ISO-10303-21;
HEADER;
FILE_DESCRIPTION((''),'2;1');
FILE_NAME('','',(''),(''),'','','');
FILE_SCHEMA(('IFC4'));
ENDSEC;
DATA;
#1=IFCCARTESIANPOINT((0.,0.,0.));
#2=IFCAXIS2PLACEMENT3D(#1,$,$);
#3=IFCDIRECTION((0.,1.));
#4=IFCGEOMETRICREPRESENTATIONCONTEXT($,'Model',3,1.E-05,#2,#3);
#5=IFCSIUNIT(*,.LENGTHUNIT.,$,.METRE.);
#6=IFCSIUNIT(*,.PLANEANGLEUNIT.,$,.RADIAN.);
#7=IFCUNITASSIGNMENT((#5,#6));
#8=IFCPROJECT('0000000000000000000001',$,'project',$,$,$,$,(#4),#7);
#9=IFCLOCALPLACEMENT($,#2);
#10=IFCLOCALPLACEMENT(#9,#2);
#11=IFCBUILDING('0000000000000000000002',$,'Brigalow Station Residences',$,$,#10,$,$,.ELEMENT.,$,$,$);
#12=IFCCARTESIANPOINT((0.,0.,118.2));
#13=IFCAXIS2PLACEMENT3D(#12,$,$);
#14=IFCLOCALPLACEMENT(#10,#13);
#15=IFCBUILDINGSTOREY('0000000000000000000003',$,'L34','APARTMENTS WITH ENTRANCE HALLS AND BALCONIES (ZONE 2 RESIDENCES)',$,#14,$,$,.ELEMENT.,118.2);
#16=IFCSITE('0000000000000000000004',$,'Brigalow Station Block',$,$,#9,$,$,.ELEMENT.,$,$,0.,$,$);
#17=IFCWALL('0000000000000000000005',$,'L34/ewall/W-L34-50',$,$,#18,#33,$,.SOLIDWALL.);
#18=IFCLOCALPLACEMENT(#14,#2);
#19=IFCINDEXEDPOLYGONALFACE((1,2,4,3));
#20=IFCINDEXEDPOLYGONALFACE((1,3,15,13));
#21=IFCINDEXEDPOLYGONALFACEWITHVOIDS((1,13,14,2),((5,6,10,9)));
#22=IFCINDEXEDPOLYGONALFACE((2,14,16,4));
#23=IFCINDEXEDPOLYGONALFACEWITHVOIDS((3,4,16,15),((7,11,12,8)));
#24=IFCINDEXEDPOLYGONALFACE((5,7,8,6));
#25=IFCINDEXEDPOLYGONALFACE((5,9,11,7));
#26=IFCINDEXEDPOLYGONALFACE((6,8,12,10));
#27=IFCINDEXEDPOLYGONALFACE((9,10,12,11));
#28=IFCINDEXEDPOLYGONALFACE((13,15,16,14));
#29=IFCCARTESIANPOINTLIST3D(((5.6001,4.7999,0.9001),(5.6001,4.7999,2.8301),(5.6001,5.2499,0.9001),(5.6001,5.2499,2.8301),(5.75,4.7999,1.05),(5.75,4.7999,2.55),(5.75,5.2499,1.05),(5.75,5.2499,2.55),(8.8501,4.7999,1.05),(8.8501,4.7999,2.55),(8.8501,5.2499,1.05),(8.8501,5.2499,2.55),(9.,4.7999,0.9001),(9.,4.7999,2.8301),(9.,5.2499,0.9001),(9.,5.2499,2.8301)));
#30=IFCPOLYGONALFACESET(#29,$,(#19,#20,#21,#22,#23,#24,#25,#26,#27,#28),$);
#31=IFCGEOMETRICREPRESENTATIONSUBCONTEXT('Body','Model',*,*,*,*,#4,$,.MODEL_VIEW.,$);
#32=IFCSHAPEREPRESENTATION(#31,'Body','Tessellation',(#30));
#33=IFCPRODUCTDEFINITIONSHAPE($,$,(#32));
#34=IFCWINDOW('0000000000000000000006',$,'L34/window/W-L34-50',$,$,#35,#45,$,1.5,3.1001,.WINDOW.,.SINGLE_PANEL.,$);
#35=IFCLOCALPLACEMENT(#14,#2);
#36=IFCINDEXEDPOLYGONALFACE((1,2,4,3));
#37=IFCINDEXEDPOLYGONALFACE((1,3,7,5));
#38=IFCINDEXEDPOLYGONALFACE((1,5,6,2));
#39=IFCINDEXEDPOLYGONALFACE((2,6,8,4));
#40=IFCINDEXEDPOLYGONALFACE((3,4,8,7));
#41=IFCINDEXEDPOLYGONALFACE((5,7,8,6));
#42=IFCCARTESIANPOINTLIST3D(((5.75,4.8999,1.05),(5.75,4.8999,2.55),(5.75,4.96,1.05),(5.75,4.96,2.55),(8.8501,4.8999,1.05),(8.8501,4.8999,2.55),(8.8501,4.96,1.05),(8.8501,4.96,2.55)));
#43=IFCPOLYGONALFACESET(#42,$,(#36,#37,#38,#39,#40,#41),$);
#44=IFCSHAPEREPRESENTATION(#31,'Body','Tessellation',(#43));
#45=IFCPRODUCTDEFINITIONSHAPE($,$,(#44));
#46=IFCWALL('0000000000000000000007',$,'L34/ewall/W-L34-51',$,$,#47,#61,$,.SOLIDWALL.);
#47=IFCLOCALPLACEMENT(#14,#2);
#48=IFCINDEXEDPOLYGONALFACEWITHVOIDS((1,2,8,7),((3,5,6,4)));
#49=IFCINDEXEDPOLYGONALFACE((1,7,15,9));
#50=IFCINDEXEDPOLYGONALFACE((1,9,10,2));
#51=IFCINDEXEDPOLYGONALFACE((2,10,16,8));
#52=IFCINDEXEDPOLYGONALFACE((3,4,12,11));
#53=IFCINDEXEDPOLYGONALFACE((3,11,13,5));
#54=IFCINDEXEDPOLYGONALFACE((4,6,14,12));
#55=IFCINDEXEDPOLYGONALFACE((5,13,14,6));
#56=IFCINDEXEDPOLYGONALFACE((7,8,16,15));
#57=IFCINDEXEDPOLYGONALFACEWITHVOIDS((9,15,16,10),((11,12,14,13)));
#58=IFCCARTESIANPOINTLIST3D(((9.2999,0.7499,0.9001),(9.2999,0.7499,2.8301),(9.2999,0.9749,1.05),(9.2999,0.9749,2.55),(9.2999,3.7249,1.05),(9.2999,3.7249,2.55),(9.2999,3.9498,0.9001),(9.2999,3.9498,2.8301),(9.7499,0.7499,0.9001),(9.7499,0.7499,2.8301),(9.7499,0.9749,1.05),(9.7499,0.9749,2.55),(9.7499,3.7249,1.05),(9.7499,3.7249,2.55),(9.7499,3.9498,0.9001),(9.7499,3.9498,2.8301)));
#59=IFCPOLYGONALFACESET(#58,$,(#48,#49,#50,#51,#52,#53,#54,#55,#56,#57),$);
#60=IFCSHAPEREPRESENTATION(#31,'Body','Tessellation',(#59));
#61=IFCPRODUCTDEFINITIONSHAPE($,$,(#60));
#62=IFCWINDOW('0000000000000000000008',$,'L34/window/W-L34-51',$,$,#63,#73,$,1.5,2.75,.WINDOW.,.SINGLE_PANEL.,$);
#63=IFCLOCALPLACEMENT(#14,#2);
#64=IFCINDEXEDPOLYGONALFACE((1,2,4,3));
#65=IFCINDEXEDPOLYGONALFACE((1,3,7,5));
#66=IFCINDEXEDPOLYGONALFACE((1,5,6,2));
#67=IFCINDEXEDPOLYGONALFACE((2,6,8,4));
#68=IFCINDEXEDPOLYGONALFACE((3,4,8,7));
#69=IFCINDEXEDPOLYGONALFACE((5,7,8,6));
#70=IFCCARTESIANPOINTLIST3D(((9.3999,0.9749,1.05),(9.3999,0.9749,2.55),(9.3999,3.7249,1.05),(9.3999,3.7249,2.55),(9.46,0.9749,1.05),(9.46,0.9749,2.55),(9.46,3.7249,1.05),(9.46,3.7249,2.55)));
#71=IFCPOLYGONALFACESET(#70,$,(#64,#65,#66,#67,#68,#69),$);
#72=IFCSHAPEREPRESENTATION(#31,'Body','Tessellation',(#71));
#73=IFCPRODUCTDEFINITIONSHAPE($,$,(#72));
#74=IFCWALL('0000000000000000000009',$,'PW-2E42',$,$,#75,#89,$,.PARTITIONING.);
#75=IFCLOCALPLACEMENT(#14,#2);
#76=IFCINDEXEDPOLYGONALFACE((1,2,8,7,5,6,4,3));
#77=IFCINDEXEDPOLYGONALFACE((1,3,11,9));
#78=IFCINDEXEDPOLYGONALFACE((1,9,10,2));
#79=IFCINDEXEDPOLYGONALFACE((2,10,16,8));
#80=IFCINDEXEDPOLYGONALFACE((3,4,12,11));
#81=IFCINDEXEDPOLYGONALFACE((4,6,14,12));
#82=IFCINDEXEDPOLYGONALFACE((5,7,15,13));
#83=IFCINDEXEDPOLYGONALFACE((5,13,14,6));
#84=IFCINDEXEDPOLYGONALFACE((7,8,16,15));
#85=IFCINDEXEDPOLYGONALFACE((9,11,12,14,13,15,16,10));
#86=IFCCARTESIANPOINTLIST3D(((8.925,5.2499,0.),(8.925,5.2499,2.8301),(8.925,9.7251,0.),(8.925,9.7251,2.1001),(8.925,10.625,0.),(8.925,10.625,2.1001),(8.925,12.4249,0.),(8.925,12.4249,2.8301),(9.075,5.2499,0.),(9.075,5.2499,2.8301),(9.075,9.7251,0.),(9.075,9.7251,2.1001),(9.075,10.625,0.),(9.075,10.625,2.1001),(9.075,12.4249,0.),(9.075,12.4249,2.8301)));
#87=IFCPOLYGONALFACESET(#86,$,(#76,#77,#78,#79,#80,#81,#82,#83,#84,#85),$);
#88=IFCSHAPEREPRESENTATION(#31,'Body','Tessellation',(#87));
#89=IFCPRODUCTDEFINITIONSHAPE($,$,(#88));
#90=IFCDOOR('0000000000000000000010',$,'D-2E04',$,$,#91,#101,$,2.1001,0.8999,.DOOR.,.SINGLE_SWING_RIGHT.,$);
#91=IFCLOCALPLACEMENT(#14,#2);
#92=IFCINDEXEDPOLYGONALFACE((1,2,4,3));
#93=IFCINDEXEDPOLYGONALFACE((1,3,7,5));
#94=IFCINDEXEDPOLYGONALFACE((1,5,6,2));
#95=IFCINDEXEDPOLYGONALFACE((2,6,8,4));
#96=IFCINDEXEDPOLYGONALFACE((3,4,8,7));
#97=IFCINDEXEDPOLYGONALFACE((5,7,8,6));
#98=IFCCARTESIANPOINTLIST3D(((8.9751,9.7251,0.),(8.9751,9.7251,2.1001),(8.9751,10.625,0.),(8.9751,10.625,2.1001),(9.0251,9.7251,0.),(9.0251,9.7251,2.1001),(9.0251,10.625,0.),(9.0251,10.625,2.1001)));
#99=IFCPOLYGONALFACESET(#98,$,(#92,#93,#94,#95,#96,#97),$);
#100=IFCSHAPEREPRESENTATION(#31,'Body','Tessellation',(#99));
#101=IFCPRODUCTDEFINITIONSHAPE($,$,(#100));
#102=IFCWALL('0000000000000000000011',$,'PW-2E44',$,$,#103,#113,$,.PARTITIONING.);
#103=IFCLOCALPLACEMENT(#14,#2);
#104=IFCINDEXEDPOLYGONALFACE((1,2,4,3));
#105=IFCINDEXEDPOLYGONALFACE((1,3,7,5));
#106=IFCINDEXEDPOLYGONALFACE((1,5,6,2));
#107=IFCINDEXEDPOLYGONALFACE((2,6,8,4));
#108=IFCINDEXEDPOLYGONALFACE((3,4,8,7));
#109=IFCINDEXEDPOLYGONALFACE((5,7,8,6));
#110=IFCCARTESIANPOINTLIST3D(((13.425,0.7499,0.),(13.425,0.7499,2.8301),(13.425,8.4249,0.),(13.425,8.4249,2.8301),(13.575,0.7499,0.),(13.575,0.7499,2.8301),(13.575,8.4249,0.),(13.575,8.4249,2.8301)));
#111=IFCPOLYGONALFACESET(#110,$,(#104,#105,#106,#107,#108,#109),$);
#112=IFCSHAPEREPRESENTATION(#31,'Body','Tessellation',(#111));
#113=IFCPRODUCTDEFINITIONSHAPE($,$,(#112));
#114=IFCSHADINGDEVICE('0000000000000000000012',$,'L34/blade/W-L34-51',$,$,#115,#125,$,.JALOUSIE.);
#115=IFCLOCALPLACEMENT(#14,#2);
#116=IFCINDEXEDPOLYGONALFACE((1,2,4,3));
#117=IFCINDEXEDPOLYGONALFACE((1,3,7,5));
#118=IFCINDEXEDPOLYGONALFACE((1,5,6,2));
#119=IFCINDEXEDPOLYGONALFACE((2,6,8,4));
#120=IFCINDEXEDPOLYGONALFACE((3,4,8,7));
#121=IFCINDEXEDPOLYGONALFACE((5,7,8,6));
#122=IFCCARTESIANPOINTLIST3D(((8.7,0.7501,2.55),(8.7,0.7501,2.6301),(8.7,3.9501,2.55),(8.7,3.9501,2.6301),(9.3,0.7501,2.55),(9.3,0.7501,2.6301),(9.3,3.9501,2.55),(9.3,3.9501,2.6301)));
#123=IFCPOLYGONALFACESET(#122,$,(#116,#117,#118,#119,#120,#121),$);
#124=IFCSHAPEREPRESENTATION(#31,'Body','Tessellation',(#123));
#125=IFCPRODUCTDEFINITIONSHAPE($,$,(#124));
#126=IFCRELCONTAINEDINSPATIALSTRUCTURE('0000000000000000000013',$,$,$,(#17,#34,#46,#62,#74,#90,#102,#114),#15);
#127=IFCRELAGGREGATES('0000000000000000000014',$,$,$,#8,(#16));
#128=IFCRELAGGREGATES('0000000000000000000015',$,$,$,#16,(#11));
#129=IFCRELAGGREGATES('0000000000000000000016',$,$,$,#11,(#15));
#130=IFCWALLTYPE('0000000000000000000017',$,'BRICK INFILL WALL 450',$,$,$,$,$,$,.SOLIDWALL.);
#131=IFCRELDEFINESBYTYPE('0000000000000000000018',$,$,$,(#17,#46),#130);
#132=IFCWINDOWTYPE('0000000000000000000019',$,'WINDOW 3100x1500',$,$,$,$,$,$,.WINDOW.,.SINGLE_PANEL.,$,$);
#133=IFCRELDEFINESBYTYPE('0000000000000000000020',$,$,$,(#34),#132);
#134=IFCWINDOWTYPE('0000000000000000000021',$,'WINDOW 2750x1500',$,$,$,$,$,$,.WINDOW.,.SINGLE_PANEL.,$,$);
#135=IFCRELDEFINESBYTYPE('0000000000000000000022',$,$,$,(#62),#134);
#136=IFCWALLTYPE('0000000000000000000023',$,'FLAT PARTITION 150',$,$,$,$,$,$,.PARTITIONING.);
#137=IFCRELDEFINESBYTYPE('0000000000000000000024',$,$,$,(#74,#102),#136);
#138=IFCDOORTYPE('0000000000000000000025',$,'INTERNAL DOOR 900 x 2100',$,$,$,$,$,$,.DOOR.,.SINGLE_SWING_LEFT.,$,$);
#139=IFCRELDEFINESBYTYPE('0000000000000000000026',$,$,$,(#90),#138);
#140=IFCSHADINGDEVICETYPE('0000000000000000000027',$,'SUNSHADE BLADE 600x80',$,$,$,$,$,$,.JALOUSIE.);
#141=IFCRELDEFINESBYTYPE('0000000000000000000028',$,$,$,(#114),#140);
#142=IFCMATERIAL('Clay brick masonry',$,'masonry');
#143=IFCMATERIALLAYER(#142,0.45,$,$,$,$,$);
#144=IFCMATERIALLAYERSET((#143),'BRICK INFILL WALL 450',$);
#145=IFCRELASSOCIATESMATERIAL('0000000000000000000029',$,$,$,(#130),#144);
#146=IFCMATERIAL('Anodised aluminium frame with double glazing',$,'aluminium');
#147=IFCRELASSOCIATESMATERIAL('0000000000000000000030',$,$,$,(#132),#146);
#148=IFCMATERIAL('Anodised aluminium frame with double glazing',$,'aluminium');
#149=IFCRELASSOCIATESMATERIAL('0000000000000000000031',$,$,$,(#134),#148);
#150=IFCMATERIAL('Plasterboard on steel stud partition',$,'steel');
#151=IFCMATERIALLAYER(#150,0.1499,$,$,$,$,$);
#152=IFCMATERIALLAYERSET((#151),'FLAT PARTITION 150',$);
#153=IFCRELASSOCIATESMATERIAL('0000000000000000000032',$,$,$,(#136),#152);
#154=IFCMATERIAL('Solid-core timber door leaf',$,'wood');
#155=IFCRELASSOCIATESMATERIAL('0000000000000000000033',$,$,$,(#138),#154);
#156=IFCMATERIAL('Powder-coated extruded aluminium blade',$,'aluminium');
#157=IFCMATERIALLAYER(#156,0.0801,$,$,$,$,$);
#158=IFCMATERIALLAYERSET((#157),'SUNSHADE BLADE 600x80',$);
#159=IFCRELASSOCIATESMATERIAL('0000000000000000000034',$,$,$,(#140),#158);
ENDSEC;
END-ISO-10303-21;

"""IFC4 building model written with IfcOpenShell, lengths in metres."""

from ifc_helpers import new_model, si_unit, direction, frame, frame_2d, origin, origin_2d, place, context, subcontext, project, spatial, rectangle, extrude, material, layer, layer_set, type_object, element, fill, save


model = new_model("IFC4")

# Units and contexts
model_context = context("Model", 3, precision=1e-05, world=origin(), true_north=direction((0.0, 1.0)))
body_context = subcontext(model_context, "Body", "Model", "MODEL_VIEW")
ifc_project = project(units=[si_unit("LENGTHUNIT", "METRE"), si_unit("PLANEANGLEUNIT", "RADIAN")], contexts=[model_context])

# Site, building, storey
site_placement = place(None, origin())
site = spatial("IfcSite", under=ifc_project, at=site_placement, Name="Brigalow Station Block", CompositionType="ELEMENT", RefElevation=0.0)
building_placement = place(site_placement, origin())
building = spatial("IfcBuilding", under=site, at=building_placement, Name="Brigalow Station Residences", CompositionType="ELEMENT")
storey_placement = place(building_placement, frame((0.0, 0.0, 118.2)))
storey = spatial("IfcBuildingStorey", under=building, at=storey_placement, Name="L34", Description="APARTMENTS WITH ENTRANCE HALLS AND BALCONIES (ZONE 2 RESIDENCES)", CompositionType="ELEMENT", Elevation=118.2)

# Walls, openings, windows
ifc_material_1 = material(Name="Clay brick masonry", Category="masonry")
ifc_layer_1 = layer(ifc_material_1, 0.45)
ifc_layer_set_1 = layer_set([ifc_layer_1], Name="BRICK INFILL WALL 450")
wall_type_1 = type_object("IfcWallType", Name="BRICK INFILL WALL 450", PredefinedType="SOLIDWALL", material=ifc_layer_set_1)
wall_1_placement = place(storey_placement, frame((5.6001, 5.0249, 0.9001), z_axis=(0.0, 0.0, 1.0), x_axis=(1.0, 0.0, 0.0)))
wall_1 = element("IfcWall", 1, at=wall_1_placement, inside=storey, type_object=wall_type_1, Name="L34/ewall/W-L34-50", PredefinedType="SOLIDWALL", context=body_context, shape_type="SweptSolid", body=[
    extrude(rectangle(XDim=3.3999, YDim=0.45, at=frame_2d((1.7, 0.0))), origin(), (0.0, 0.0, 1.0), 1.9299),
])
opening_1_placement = place(wall_1_placement, frame((0.1499, 0.0, 0.1499)))
opening_1 = element("IfcOpeningElement", 2, at=opening_1_placement, cuts=wall_1, PredefinedType="OPENING", context=body_context, shape_type="SweptSolid", body=[
    extrude(rectangle(XDim=3.1001, YDim=1.5, at=frame_2d((1.55, 0.75))), frame((0.0, 0.2349, 0.0), z_axis=(0.0, -1.0, 0.0), x_axis=(1.0, 0.0, 0.0)), (0.0, 0.0, 1.0), 0.47),
])
ifc_material_2 = material(Name="Anodised aluminium frame with double glazing", Category="aluminium")
window_type_1 = type_object("IfcWindowType", Name="WINDOW 3100x1500", PartitioningType="SINGLE_PANEL", PredefinedType="WINDOW", material=ifc_material_2)
window_1_placement = place(opening_1_placement, origin())
window_1 = element("IfcWindow", 3, at=window_1_placement, inside=storey, type_object=window_type_1, Name="L34/window/W-L34-50", OverallHeight=1.5, OverallWidth=3.1001, PartitioningType="SINGLE_PANEL", PredefinedType="WINDOW", context=body_context, shape_type="SweptSolid", body=[
    extrude(rectangle(XDim=3.1001, YDim=1.5, at=frame_2d((1.55, 0.75))), frame((0.0, -0.0649, 0.0), z_axis=(0.0, -1.0, 0.0), x_axis=(1.0, 0.0, 0.0)), (0.0, 0.0, 1.0), 0.0601),
])
fill(opening_1, window_1)
wall_2_placement = place(storey_placement, frame((9.5249, 3.95, 0.9001), z_axis=(0.0, 0.0, 1.0), x_axis=(0.0, -1.0, 0.0)))
wall_2 = element("IfcWall", 4, at=wall_2_placement, inside=storey, type_object=wall_type_1, Name="L34/ewall/W-L34-51", PredefinedType="SOLIDWALL", context=body_context, shape_type="SweptSolid", body=[
    extrude(rectangle(XDim=3.2, YDim=0.45, at=frame_2d((1.6001, 0.0))), origin(), (0.0, 0.0, 1.0), 1.9299),
])
opening_2_placement = place(wall_2_placement, frame((0.2251, 0.0, 0.1499)))
opening_2 = element("IfcOpeningElement", 5, at=opening_2_placement, cuts=wall_2, PredefinedType="OPENING", context=body_context, shape_type="SweptSolid", body=[
    extrude(rectangle(XDim=2.75, YDim=1.5, at=frame_2d((1.375, 0.75))), frame((0.0, 0.2349, 0.0), z_axis=(0.0, -1.0, 0.0), x_axis=(1.0, 0.0, 0.0)), (0.0, 0.0, 1.0), 0.47),
])
ifc_material_3 = material(Name="Anodised aluminium frame with double glazing", Category="aluminium")
window_type_2 = type_object("IfcWindowType", Name="WINDOW 2750x1500", PartitioningType="SINGLE_PANEL", PredefinedType="WINDOW", material=ifc_material_3)
window_2_placement = place(opening_2_placement, origin())
window_2 = element("IfcWindow", 6, at=window_2_placement, inside=storey, type_object=window_type_2, Name="L34/window/W-L34-51", OverallHeight=1.5, OverallWidth=2.75, PartitioningType="SINGLE_PANEL", PredefinedType="WINDOW", context=body_context, shape_type="SweptSolid", body=[
    extrude(rectangle(XDim=2.75, YDim=1.5, at=frame_2d((1.375, 0.75))), frame((0.0, -0.0649, 0.0), z_axis=(0.0, -1.0, 0.0), x_axis=(1.0, 0.0, 0.0)), (0.0, 0.0, 1.0), 0.0601),
])
fill(opening_2, window_2)

# Wall, opening, door
ifc_material_4 = material(Name="Plasterboard on steel stud partition", Category="steel")
ifc_layer_2 = layer(ifc_material_4, 0.1499)
ifc_layer_set_2 = layer_set([ifc_layer_2], Name="FLAT PARTITION 150")
wall_type_2 = type_object("IfcWallType", Name="FLAT PARTITION 150", PredefinedType="PARTITIONING", material=ifc_layer_set_2)
wall_3_placement = place(storey_placement, frame((9.0, 5.25, 0.0), z_axis=(0.0, 0.0, 1.0), x_axis=(0.0, 1.0, 0.0)))
wall_3 = element("IfcWall", 7, at=wall_3_placement, inside=storey, type_object=wall_type_2, Name="PW-2E42", PredefinedType="PARTITIONING", context=body_context, shape_type="SweptSolid", body=[
    extrude(rectangle(XDim=7.175, YDim=0.1499, at=frame_2d((3.5874, 0.0))), origin(), (0.0, 0.0, 1.0), 2.8301),
])
opening_3_placement = place(wall_3_placement, frame((4.4751, 0.0, 0.0)))
opening_3 = element("IfcOpeningElement", 8, at=opening_3_placement, cuts=wall_3, PredefinedType="OPENING", context=body_context, shape_type="SweptSolid", body=[
    extrude(rectangle(XDim=0.8999, YDim=2.1001, at=frame_2d((0.45, 1.05))), frame((0.0, 0.085, 0.0), z_axis=(0.0, -1.0, 0.0), x_axis=(1.0, 0.0, 0.0)), (0.0, 0.0, 1.0), 0.1699),
])
ifc_material_5 = material(Name="Solid-core timber door leaf", Category="wood")
door_type = type_object("IfcDoorType", Name="INTERNAL DOOR 900 x 2100", OperationType="SINGLE_SWING_LEFT", PredefinedType="DOOR", material=ifc_material_5)
door_placement = place(opening_3_placement, origin())
door = element("IfcDoor", 9, at=door_placement, inside=storey, type_object=door_type, Name="D-2E04", OperationType="SINGLE_SWING_RIGHT", OverallHeight=2.1001, OverallWidth=0.8999, PredefinedType="DOOR", context=body_context, shape_type="SweptSolid", body=[
    extrude(rectangle(XDim=0.8999, YDim=2.1001, at=frame_2d((0.45, 1.05))), frame((0.0, 0.0249, 0.0), z_axis=(0.0, -1.0, 0.0), x_axis=(1.0, 0.0, 0.0)), (0.0, 0.0, 1.0), 0.05),
])
fill(opening_3, door)

# Wall
wall_4_placement = place(storey_placement, frame((13.5, 0.75, 0.0), z_axis=(0.0, 0.0, 1.0), x_axis=(0.0, 1.0, 0.0)))
element("IfcWall", 10, at=wall_4_placement, inside=storey, type_object=wall_type_2, Name="PW-2E44", PredefinedType="PARTITIONING", context=body_context, shape_type="SweptSolid", body=[
    extrude(rectangle(XDim=7.675, YDim=0.1499, at=frame_2d((3.8374, 0.0))), origin(), (0.0, 0.0, 1.0), 2.8301),
])

# Shading device
ifc_material_6 = material(Name="Powder-coated extruded aluminium blade", Category="aluminium")
ifc_layer_3 = layer(ifc_material_6, 0.0801)
ifc_layer_set_3 = layer_set([ifc_layer_3], Name="SUNSHADE BLADE 600x80")
shading_device_type = type_object("IfcShadingDeviceType", Name="SUNSHADE BLADE 600x80", PredefinedType="JALOUSIE", material=ifc_layer_set_3)
shading_device_placement = place(storey_placement, frame((9.0, 2.3501, 2.55), z_axis=(0.0, 0.0, 1.0), x_axis=(0.0, -1.0, 0.0)))
element("IfcShadingDevice", 11, at=shading_device_placement, inside=storey, type_object=shading_device_type, Name="L34/blade/W-L34-51", PredefinedType="JALOUSIE", context=body_context, shape_type="SweptSolid", body=[
    extrude(rectangle(XDim=3.2, YDim=0.6001, at=origin_2d()), origin(), (0.0, 0.0, 1.0), 0.0801),
])

save(model, "model.ifc")
